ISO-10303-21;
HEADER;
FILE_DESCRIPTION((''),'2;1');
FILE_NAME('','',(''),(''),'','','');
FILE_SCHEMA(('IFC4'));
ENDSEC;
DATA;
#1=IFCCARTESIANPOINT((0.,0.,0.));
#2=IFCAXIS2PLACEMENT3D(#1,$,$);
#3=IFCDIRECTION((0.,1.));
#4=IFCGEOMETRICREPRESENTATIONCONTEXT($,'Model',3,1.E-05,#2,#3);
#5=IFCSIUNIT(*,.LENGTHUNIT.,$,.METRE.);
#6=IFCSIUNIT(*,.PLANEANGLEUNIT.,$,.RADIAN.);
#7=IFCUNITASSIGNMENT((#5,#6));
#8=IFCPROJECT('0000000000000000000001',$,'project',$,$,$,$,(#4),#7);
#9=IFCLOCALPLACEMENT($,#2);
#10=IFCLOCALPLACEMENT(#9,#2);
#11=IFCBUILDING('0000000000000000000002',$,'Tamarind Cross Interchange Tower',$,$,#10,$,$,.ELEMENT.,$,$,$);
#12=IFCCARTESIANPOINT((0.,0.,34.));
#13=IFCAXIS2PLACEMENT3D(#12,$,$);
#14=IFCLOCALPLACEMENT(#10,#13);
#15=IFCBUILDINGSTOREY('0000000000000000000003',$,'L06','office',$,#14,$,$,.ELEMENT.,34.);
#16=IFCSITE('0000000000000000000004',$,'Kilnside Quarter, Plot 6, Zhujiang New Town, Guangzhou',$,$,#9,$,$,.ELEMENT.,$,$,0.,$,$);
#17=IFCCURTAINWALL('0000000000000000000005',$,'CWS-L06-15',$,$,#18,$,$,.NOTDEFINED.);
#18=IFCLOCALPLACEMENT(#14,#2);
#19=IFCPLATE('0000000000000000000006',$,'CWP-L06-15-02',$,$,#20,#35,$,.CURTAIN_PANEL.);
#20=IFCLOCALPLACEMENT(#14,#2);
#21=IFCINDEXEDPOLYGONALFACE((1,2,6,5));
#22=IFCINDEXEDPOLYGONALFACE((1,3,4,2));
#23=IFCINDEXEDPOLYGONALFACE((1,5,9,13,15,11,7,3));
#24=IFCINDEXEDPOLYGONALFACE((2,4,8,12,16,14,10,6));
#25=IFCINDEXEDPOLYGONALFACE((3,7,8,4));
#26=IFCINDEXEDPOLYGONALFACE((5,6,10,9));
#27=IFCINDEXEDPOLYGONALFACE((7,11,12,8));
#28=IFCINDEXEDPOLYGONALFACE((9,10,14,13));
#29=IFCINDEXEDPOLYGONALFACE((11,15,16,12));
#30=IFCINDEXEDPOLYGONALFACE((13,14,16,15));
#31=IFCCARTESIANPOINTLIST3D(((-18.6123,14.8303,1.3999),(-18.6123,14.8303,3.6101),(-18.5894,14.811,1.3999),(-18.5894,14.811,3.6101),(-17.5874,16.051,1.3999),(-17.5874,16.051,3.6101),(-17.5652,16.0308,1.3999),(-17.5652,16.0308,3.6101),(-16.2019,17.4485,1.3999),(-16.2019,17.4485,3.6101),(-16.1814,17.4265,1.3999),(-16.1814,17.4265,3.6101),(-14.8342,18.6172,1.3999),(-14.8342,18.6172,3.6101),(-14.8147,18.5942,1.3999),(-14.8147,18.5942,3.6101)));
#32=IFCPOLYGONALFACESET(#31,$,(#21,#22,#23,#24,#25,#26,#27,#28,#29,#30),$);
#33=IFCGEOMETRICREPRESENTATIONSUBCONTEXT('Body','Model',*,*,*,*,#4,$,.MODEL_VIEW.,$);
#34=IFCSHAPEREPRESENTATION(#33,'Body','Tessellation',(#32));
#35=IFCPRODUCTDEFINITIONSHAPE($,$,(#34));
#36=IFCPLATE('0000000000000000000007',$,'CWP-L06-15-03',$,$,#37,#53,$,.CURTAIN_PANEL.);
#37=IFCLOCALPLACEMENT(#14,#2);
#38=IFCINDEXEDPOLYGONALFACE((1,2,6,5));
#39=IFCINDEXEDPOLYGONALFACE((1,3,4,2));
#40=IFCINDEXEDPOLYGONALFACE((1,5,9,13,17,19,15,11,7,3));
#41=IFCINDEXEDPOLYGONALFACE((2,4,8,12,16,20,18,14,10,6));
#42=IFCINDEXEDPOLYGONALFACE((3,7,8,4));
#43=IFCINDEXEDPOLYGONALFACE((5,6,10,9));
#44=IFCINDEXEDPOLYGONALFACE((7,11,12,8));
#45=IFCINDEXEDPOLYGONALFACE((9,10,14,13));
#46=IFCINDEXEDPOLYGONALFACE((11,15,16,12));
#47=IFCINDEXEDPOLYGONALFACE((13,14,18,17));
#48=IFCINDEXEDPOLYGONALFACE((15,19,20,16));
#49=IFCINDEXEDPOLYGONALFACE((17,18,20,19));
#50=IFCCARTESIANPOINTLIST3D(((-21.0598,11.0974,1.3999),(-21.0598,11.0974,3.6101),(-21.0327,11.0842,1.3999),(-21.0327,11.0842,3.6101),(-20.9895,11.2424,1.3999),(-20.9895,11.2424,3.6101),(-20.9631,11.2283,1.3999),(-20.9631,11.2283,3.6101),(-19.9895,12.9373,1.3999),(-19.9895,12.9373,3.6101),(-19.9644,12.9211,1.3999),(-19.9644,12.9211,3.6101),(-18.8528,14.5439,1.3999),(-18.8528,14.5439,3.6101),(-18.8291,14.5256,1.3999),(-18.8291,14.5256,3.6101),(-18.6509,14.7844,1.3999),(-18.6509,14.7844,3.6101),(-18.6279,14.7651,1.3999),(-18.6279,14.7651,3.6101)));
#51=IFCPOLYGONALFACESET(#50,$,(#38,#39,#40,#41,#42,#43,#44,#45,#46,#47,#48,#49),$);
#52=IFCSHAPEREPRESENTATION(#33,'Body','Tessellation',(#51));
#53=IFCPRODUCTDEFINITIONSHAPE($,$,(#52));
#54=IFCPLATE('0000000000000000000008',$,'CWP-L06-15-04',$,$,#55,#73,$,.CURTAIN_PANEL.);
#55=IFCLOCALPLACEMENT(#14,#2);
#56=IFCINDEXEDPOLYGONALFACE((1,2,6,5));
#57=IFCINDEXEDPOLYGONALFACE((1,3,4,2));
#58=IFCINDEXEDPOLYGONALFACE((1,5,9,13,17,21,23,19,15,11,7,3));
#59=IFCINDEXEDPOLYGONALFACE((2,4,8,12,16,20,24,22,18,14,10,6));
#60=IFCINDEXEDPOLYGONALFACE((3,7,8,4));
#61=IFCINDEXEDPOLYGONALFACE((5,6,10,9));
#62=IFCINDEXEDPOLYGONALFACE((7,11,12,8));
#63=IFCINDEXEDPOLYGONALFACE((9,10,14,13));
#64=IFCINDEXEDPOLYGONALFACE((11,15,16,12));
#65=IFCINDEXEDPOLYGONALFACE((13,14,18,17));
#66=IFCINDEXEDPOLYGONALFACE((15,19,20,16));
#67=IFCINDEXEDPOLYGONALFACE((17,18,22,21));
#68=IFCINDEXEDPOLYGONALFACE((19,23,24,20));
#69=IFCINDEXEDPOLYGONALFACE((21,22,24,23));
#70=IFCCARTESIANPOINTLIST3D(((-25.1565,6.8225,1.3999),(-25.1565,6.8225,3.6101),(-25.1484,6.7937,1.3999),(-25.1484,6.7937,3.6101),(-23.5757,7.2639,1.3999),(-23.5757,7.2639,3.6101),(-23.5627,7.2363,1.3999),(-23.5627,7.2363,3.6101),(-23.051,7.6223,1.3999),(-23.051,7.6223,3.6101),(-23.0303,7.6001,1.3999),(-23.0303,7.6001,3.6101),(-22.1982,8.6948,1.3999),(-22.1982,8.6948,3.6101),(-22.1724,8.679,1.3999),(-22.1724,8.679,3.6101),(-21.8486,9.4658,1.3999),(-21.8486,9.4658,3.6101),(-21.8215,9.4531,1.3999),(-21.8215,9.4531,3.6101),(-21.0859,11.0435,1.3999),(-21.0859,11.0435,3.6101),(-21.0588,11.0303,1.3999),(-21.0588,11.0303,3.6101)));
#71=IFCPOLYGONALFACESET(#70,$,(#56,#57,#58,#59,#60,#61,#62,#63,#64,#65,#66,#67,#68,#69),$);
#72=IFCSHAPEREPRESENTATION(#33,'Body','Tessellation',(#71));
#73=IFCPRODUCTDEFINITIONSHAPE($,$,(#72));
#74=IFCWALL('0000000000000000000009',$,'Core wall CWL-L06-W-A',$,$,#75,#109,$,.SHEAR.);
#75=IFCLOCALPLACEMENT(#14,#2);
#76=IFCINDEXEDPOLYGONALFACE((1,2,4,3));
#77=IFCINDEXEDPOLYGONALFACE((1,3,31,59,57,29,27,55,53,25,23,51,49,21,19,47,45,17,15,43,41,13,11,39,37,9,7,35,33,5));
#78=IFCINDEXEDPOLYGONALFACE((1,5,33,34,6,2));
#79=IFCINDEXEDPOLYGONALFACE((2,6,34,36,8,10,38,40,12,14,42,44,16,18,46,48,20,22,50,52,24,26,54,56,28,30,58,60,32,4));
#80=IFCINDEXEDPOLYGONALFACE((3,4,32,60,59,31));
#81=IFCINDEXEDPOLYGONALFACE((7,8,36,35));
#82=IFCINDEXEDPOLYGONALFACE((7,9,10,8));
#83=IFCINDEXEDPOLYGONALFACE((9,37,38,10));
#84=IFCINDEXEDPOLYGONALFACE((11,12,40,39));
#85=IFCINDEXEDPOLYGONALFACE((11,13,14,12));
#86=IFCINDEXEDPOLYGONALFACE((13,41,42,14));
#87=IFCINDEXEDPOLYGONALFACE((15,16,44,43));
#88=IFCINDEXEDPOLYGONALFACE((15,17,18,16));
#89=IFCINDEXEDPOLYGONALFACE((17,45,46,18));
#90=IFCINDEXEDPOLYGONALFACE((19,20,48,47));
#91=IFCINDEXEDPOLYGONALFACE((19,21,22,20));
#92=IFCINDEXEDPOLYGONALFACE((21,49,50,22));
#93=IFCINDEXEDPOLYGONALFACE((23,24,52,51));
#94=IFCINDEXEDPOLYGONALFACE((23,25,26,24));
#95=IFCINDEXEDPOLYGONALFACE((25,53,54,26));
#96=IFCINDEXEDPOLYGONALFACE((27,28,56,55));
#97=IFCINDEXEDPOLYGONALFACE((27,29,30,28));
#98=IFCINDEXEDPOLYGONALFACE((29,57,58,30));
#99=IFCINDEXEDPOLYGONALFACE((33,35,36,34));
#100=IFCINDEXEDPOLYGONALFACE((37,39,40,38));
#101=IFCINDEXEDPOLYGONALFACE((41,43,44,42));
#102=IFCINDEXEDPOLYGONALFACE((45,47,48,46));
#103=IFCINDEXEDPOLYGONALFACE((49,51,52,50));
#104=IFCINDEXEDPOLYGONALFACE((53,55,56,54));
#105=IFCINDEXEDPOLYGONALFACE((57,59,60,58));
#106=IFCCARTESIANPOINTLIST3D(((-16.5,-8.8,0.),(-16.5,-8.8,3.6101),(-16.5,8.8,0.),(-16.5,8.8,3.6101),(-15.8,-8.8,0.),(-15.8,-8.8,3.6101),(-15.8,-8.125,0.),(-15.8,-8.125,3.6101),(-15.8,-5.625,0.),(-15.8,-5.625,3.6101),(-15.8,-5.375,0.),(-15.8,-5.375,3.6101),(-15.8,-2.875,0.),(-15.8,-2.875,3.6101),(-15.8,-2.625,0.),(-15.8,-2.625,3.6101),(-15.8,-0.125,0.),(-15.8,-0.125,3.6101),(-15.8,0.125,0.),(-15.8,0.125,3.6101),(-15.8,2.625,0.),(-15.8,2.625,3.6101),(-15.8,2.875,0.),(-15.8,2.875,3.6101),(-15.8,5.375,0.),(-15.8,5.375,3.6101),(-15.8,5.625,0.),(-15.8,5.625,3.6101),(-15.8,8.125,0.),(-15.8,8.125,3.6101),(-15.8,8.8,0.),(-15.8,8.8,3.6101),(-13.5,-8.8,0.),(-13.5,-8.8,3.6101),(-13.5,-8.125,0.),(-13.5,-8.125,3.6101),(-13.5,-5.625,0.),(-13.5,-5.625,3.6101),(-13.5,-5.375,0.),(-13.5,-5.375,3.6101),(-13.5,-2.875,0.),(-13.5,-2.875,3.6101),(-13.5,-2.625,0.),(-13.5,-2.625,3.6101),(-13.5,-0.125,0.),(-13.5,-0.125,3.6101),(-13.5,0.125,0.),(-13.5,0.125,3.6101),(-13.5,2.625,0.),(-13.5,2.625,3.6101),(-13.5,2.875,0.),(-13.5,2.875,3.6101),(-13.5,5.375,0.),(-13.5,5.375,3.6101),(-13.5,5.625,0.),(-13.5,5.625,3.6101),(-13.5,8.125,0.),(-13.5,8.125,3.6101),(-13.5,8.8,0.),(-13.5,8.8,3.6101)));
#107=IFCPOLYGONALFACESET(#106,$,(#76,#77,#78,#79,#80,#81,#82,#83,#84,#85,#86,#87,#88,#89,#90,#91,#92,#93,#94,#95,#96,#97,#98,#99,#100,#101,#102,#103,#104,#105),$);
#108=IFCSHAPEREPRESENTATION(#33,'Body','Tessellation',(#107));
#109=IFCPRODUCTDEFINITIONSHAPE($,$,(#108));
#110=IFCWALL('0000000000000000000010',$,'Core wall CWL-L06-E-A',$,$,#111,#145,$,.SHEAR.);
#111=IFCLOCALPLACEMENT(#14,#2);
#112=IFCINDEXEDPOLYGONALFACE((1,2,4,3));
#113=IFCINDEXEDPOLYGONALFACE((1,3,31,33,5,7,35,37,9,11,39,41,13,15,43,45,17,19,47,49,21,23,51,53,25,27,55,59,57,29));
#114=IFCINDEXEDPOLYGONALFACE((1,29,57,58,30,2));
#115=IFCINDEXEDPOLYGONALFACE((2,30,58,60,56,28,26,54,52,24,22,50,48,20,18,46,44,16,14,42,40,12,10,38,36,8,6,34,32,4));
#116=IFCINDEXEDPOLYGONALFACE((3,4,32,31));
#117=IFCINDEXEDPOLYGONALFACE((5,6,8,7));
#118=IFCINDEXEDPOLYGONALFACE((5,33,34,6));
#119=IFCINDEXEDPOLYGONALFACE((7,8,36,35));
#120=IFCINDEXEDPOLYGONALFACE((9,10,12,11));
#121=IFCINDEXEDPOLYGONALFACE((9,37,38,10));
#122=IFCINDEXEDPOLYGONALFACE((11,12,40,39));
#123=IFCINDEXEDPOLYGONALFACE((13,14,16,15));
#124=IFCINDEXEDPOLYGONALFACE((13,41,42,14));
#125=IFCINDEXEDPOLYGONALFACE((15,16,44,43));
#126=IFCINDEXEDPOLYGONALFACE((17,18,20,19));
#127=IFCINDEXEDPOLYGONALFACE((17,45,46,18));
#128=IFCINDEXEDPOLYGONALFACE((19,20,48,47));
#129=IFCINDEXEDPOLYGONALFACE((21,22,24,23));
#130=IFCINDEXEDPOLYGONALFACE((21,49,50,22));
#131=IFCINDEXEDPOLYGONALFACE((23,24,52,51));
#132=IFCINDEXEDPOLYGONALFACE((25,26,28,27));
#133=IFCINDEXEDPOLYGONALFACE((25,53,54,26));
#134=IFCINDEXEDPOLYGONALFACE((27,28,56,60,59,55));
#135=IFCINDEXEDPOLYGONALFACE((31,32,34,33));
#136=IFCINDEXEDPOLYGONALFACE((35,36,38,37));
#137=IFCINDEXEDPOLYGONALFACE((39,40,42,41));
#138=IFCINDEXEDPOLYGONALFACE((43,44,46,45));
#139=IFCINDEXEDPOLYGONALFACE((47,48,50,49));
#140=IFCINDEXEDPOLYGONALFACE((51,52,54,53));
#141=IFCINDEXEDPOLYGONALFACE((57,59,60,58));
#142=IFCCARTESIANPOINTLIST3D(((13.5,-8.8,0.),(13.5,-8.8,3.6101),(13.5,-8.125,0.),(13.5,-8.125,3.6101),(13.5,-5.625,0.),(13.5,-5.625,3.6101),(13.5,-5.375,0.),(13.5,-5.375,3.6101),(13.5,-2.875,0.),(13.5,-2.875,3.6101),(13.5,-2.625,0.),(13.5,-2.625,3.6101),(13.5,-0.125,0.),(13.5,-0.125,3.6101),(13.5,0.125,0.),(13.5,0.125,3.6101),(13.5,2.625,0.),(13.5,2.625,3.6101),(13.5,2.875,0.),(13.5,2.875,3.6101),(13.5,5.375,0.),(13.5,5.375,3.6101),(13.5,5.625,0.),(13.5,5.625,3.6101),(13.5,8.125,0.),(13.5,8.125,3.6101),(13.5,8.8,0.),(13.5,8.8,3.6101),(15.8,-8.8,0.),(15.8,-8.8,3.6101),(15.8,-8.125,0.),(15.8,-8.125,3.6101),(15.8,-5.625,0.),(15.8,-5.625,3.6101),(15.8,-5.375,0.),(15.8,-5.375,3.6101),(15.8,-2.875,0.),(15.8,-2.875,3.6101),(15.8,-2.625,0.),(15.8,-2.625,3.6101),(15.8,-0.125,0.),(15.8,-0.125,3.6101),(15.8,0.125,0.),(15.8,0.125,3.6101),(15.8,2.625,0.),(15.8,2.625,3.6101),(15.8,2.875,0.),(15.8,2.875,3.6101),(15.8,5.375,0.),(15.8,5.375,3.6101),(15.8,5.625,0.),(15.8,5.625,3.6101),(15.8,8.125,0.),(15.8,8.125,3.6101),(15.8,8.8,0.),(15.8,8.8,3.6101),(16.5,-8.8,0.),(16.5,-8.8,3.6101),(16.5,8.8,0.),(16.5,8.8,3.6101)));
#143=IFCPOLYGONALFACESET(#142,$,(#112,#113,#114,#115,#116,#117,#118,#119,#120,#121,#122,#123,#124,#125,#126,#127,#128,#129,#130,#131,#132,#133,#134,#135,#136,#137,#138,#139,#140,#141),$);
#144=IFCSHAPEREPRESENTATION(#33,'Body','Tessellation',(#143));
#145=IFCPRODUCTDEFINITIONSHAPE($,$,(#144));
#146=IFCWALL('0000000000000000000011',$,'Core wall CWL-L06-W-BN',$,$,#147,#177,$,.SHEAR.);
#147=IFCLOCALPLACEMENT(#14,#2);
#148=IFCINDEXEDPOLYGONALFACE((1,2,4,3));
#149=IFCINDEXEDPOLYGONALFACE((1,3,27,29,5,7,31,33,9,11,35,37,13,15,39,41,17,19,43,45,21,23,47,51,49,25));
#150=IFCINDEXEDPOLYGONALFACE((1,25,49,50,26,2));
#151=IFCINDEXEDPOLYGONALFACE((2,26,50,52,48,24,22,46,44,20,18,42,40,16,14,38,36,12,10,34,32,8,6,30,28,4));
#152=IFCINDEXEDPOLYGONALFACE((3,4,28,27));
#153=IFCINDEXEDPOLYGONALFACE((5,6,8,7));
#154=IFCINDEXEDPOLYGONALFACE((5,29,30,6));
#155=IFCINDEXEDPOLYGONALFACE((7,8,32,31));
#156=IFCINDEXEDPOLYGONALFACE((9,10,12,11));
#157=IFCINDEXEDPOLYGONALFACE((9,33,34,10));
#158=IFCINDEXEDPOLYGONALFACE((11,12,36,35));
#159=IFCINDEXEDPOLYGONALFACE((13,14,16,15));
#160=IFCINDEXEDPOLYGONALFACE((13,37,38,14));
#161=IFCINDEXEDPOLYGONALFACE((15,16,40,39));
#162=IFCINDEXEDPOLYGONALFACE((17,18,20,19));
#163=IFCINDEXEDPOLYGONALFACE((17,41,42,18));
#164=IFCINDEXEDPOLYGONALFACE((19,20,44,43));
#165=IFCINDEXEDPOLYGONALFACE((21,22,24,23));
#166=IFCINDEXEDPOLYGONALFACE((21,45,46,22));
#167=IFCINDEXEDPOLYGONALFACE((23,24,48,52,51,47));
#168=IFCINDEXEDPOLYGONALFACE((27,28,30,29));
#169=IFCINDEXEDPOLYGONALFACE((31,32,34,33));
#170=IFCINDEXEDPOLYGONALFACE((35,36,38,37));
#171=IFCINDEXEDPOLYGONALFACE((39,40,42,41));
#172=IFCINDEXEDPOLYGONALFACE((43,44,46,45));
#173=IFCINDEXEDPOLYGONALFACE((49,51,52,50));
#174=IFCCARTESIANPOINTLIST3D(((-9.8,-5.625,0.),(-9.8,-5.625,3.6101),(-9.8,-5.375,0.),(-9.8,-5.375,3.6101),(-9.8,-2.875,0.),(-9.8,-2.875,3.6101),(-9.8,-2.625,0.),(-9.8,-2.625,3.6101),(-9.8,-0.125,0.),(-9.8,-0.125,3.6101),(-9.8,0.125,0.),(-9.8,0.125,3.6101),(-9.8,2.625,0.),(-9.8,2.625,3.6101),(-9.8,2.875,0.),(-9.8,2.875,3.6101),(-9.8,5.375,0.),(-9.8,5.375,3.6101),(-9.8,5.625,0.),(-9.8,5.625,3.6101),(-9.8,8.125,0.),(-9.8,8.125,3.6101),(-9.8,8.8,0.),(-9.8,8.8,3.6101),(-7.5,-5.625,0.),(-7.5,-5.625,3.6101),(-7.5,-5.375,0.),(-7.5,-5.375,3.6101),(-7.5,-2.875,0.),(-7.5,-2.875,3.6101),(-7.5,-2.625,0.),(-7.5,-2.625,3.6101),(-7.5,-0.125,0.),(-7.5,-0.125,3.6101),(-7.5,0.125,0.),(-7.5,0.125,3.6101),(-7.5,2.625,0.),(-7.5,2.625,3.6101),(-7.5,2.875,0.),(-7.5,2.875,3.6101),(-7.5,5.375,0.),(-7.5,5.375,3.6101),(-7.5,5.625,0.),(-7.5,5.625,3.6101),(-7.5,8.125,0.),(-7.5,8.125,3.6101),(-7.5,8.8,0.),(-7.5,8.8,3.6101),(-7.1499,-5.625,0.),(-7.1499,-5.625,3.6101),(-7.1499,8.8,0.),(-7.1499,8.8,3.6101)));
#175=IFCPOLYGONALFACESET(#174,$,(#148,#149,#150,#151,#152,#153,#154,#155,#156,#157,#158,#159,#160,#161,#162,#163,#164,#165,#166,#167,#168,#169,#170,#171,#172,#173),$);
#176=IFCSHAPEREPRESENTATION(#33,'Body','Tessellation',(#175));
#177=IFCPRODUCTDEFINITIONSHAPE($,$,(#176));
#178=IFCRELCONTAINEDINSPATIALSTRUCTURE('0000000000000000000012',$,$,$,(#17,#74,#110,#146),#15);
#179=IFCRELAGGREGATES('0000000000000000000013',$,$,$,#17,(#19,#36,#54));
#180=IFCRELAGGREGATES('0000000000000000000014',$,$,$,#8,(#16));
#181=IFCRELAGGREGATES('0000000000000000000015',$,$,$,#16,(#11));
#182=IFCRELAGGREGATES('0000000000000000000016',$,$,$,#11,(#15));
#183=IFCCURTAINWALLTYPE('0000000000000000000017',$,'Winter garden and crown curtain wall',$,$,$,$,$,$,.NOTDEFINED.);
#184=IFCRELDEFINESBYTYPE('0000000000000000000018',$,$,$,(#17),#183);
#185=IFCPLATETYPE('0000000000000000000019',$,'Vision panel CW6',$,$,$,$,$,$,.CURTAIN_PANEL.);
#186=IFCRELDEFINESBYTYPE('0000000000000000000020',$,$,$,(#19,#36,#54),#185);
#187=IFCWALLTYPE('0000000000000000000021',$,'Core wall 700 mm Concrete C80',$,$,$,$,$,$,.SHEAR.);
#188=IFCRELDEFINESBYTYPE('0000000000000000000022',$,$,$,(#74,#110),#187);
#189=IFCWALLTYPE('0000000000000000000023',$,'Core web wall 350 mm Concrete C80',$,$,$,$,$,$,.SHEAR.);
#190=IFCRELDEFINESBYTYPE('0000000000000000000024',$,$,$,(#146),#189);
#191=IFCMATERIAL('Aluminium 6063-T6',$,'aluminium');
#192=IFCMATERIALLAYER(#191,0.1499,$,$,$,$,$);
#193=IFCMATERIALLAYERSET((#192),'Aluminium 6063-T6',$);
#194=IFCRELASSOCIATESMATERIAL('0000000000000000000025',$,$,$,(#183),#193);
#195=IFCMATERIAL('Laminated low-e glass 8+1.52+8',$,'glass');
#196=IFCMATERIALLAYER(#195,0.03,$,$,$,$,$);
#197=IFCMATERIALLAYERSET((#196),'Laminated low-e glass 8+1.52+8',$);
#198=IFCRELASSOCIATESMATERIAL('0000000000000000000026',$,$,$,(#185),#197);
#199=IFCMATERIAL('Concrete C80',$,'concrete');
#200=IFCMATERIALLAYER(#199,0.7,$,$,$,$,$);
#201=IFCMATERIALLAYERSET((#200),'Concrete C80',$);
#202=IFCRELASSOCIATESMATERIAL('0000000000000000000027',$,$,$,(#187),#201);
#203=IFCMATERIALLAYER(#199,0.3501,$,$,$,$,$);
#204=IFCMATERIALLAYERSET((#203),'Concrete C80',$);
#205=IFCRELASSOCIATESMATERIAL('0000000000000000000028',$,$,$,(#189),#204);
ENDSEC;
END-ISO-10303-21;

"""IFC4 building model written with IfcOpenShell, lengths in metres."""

from ifc_helpers import new_model, si_unit, direction, frame, origin, place, context, subcontext, project, spatial, polyline, outline, extrude, material, layer, layer_set, type_object, element, aggregate, save


model = new_model("IFC4")

# Units and contexts
model_context = context("Model", 3, precision=1e-05, world=origin(), true_north=direction((0.0, 1.0)))
body_context = subcontext(model_context, "Body", "Model", "MODEL_VIEW")
ifc_project = project(units=[si_unit("LENGTHUNIT", "METRE"), si_unit("PLANEANGLEUNIT", "RADIAN")], contexts=[model_context])

# Site, building, storey
site_placement = place(None, origin())
site = spatial("IfcSite", under=ifc_project, at=site_placement, Name="Kilnside Quarter, Plot 6, Zhujiang New Town, Guangzhou", CompositionType="ELEMENT", RefElevation=0.0)
building_placement = place(site_placement, origin())
building = spatial("IfcBuilding", under=site, at=building_placement, Name="Tamarind Cross Interchange Tower", CompositionType="ELEMENT")
storey_placement = place(building_placement, frame((0.0, 0.0, 34.0)))
storey = spatial("IfcBuildingStorey", under=building, at=storey_placement, Name="L06", Description="office", CompositionType="ELEMENT", Elevation=34.0)

# Curtain wall
ifc_material_1 = material(Name="Aluminium 6063-T6", Category="aluminium")
ifc_layer_1 = layer(ifc_material_1, 0.1499)
ifc_layer_set_1 = layer_set([ifc_layer_1], Name="Aluminium 6063-T6")
curtain_wall_type_1 = type_object("IfcCurtainWallType", Name="Winter garden and crown curtain wall", PredefinedType="NOTDEFINED", material=ifc_layer_set_1)
curtain_wall_1_placement = place(storey_placement, origin())
curtain_wall_1 = element("IfcCurtainWall", 1, at=curtain_wall_1_placement, inside=storey, type_object=curtain_wall_type_1, Name="CWS-L06-15", PredefinedType="NOTDEFINED")

# Plates
ifc_material_2 = material(Name="Laminated low-e glass 8+1.52+8", Category="glass")
ifc_layer_2 = layer(ifc_material_2, 0.03)
ifc_layer_set_2 = layer_set([ifc_layer_2], Name="Laminated low-e glass 8+1.52+8")
plate_type_1 = type_object("IfcPlateType", Name="Vision panel CW6", PredefinedType="CURTAIN_PANEL", material=ifc_layer_set_2)
plate_1_placement = place(storey_placement, frame((0.0, 0.0, 1.3999)))
plate_1 = element("IfcPlate", 2, at=plate_1_placement, type_object=plate_type_1, Name="CWP-L06-15-02", PredefinedType="CURTAIN_PANEL", context=body_context, shape_type="SweptSolid", body=[
    extrude(outline(polyline([(-14.8147, 18.5942), (-16.1814, 17.4265), (-17.5652, 16.0308), (-18.5894, 14.811), (-18.6123, 14.8303), (-17.5874, 16.051), (-16.2019, 17.4485), (-14.8342, 18.6172), (-14.8147, 18.5942)])), origin(), (0.0, 0.0, 1.0), 2.2102),
])
plate_2_placement = place(storey_placement, frame((0.0, 0.0, 1.3999)))
plate_2 = element("IfcPlate", 3, at=plate_2_placement, type_object=plate_type_1, Name="CWP-L06-15-03", PredefinedType="CURTAIN_PANEL", context=body_context, shape_type="SweptSolid", body=[
    extrude(outline(polyline([(-18.6279, 14.7651), (-18.8291, 14.5256), (-19.9644, 12.9211), (-20.9631, 11.2283), (-21.0327, 11.0842), (-21.0598, 11.0974), (-20.9895, 11.2424), (-19.9895, 12.9373), (-18.8528, 14.5439), (-18.6509, 14.7844), (-18.6279, 14.7651)])), origin(), (0.0, 0.0, 1.0), 2.2102),
])
plate_3_placement = place(storey_placement, frame((0.0, 0.0, 1.3999)))
plate_3 = element("IfcPlate", 4, at=plate_3_placement, type_object=plate_type_1, Name="CWP-L06-15-04", PredefinedType="CURTAIN_PANEL", context=body_context, shape_type="SweptSolid", body=[
    extrude(outline(polyline([(-21.0588, 11.0303), (-21.8215, 9.4531), (-22.1724, 8.679), (-23.0303, 7.6001), (-23.5627, 7.2363), (-25.1484, 6.7937), (-25.1565, 6.8225), (-23.5757, 7.2639), (-23.051, 7.6223), (-22.1982, 8.6948), (-21.8486, 9.4658), (-21.0859, 11.0435), (-21.0588, 11.0303)])), origin(), (0.0, 0.0, 1.0), 2.2102),
])
aggregate(curtain_wall_1, [plate_1, plate_2, plate_3])

# Walls
ifc_material_3 = material(Name="Concrete C80", Category="concrete")
ifc_layer_3 = layer(ifc_material_3, 0.7)
ifc_layer_set_3 = layer_set([ifc_layer_3], Name="Concrete C80")
wall_type_1 = type_object("IfcWallType", Name="Core wall 700 mm Concrete C80", PredefinedType="SHEAR", material=ifc_layer_set_3)
wall_1_placement = place(storey_placement, origin())
element("IfcWall", 5, at=wall_1_placement, inside=storey, type_object=wall_type_1, Name="Core wall CWL-L06-W-A", PredefinedType="SHEAR", context=body_context, shape_type="SweptSolid", body=[
    extrude(outline(polyline([(-13.5, -8.8), (-13.5, -8.125), (-15.8, -8.125), (-15.8, -5.625), (-13.5, -5.625), (-13.5, -5.375), (-15.8, -5.375), (-15.8, -2.875), (-13.5, -2.875), (-13.5, -2.625), (-15.8, -2.625), (-15.8, -0.125), (-13.5, -0.125), (-13.5, 0.125), (-15.8, 0.125), (-15.8, 2.625), (-13.5, 2.625), (-13.5, 2.875), (-15.8, 2.875), (-15.8, 5.375), (-13.5, 5.375), (-13.5, 5.625), (-15.8, 5.625), (-15.8, 8.125), (-13.5, 8.125), (-13.5, 8.8), (-15.8, 8.8), (-16.5, 8.8), (-16.5, -8.8), (-15.8, -8.8), (-13.5, -8.8)])), origin(), (0.0, 0.0, 1.0), 3.6101),
])
wall_2_placement = place(storey_placement, origin())
element("IfcWall", 6, at=wall_2_placement, inside=storey, type_object=wall_type_1, Name="Core wall CWL-L06-E-A", PredefinedType="SHEAR", context=body_context, shape_type="SweptSolid", body=[
    extrude(outline(polyline([(13.5, -8.8), (15.8, -8.8), (16.5, -8.8), (16.5, 8.8), (15.8, 8.8), (13.5, 8.8), (13.5, 8.125), (15.8, 8.125), (15.8, 5.625), (13.5, 5.625), (13.5, 5.375), (15.8, 5.375), (15.8, 2.875), (13.5, 2.875), (13.5, 2.625), (15.8, 2.625), (15.8, 0.125), (13.5, 0.125), (13.5, -0.125), (15.8, -0.125), (15.8, -2.625), (13.5, -2.625), (13.5, -2.875), (15.8, -2.875), (15.8, -5.375), (13.5, -5.375), (13.5, -5.625), (15.8, -5.625), (15.8, -8.125), (13.5, -8.125), (13.5, -8.8)])), origin(), (0.0, 0.0, 1.0), 3.6101),
])
ifc_layer_4 = layer(ifc_material_3, 0.3501)
ifc_layer_set_4 = layer_set([ifc_layer_4], Name="Concrete C80")
wall_type_2 = type_object("IfcWallType", Name="Core web wall 350 mm Concrete C80", PredefinedType="SHEAR", material=ifc_layer_set_4)
wall_3_placement = place(storey_placement, origin())
element("IfcWall", 7, at=wall_3_placement, inside=storey, type_object=wall_type_2, Name="Core wall CWL-L06-W-BN", PredefinedType="SHEAR", context=body_context, shape_type="SweptSolid", body=[
    extrude(outline(polyline([(-9.8, -5.375), (-9.8, -5.625), (-7.5, -5.625), (-7.1499, -5.625), (-7.1499, 8.8), (-7.5, 8.8), (-9.8, 8.8), (-9.8, 8.125), (-7.5, 8.125), (-7.5, 5.625), (-9.8, 5.625), (-9.8, 5.375), (-7.5, 5.375), (-7.5, 2.875), (-9.8, 2.875), (-9.8, 2.625), (-7.5, 2.625), (-7.5, 0.125), (-9.8, 0.125), (-9.8, -0.125), (-7.5, -0.125), (-7.5, -2.625), (-9.8, -2.625), (-9.8, -2.875), (-7.5, -2.875), (-7.5, -5.375), (-9.8, -5.375)])), origin(), (0.0, 0.0, 1.0), 3.6101),
])

save(model, "model.ifc")
